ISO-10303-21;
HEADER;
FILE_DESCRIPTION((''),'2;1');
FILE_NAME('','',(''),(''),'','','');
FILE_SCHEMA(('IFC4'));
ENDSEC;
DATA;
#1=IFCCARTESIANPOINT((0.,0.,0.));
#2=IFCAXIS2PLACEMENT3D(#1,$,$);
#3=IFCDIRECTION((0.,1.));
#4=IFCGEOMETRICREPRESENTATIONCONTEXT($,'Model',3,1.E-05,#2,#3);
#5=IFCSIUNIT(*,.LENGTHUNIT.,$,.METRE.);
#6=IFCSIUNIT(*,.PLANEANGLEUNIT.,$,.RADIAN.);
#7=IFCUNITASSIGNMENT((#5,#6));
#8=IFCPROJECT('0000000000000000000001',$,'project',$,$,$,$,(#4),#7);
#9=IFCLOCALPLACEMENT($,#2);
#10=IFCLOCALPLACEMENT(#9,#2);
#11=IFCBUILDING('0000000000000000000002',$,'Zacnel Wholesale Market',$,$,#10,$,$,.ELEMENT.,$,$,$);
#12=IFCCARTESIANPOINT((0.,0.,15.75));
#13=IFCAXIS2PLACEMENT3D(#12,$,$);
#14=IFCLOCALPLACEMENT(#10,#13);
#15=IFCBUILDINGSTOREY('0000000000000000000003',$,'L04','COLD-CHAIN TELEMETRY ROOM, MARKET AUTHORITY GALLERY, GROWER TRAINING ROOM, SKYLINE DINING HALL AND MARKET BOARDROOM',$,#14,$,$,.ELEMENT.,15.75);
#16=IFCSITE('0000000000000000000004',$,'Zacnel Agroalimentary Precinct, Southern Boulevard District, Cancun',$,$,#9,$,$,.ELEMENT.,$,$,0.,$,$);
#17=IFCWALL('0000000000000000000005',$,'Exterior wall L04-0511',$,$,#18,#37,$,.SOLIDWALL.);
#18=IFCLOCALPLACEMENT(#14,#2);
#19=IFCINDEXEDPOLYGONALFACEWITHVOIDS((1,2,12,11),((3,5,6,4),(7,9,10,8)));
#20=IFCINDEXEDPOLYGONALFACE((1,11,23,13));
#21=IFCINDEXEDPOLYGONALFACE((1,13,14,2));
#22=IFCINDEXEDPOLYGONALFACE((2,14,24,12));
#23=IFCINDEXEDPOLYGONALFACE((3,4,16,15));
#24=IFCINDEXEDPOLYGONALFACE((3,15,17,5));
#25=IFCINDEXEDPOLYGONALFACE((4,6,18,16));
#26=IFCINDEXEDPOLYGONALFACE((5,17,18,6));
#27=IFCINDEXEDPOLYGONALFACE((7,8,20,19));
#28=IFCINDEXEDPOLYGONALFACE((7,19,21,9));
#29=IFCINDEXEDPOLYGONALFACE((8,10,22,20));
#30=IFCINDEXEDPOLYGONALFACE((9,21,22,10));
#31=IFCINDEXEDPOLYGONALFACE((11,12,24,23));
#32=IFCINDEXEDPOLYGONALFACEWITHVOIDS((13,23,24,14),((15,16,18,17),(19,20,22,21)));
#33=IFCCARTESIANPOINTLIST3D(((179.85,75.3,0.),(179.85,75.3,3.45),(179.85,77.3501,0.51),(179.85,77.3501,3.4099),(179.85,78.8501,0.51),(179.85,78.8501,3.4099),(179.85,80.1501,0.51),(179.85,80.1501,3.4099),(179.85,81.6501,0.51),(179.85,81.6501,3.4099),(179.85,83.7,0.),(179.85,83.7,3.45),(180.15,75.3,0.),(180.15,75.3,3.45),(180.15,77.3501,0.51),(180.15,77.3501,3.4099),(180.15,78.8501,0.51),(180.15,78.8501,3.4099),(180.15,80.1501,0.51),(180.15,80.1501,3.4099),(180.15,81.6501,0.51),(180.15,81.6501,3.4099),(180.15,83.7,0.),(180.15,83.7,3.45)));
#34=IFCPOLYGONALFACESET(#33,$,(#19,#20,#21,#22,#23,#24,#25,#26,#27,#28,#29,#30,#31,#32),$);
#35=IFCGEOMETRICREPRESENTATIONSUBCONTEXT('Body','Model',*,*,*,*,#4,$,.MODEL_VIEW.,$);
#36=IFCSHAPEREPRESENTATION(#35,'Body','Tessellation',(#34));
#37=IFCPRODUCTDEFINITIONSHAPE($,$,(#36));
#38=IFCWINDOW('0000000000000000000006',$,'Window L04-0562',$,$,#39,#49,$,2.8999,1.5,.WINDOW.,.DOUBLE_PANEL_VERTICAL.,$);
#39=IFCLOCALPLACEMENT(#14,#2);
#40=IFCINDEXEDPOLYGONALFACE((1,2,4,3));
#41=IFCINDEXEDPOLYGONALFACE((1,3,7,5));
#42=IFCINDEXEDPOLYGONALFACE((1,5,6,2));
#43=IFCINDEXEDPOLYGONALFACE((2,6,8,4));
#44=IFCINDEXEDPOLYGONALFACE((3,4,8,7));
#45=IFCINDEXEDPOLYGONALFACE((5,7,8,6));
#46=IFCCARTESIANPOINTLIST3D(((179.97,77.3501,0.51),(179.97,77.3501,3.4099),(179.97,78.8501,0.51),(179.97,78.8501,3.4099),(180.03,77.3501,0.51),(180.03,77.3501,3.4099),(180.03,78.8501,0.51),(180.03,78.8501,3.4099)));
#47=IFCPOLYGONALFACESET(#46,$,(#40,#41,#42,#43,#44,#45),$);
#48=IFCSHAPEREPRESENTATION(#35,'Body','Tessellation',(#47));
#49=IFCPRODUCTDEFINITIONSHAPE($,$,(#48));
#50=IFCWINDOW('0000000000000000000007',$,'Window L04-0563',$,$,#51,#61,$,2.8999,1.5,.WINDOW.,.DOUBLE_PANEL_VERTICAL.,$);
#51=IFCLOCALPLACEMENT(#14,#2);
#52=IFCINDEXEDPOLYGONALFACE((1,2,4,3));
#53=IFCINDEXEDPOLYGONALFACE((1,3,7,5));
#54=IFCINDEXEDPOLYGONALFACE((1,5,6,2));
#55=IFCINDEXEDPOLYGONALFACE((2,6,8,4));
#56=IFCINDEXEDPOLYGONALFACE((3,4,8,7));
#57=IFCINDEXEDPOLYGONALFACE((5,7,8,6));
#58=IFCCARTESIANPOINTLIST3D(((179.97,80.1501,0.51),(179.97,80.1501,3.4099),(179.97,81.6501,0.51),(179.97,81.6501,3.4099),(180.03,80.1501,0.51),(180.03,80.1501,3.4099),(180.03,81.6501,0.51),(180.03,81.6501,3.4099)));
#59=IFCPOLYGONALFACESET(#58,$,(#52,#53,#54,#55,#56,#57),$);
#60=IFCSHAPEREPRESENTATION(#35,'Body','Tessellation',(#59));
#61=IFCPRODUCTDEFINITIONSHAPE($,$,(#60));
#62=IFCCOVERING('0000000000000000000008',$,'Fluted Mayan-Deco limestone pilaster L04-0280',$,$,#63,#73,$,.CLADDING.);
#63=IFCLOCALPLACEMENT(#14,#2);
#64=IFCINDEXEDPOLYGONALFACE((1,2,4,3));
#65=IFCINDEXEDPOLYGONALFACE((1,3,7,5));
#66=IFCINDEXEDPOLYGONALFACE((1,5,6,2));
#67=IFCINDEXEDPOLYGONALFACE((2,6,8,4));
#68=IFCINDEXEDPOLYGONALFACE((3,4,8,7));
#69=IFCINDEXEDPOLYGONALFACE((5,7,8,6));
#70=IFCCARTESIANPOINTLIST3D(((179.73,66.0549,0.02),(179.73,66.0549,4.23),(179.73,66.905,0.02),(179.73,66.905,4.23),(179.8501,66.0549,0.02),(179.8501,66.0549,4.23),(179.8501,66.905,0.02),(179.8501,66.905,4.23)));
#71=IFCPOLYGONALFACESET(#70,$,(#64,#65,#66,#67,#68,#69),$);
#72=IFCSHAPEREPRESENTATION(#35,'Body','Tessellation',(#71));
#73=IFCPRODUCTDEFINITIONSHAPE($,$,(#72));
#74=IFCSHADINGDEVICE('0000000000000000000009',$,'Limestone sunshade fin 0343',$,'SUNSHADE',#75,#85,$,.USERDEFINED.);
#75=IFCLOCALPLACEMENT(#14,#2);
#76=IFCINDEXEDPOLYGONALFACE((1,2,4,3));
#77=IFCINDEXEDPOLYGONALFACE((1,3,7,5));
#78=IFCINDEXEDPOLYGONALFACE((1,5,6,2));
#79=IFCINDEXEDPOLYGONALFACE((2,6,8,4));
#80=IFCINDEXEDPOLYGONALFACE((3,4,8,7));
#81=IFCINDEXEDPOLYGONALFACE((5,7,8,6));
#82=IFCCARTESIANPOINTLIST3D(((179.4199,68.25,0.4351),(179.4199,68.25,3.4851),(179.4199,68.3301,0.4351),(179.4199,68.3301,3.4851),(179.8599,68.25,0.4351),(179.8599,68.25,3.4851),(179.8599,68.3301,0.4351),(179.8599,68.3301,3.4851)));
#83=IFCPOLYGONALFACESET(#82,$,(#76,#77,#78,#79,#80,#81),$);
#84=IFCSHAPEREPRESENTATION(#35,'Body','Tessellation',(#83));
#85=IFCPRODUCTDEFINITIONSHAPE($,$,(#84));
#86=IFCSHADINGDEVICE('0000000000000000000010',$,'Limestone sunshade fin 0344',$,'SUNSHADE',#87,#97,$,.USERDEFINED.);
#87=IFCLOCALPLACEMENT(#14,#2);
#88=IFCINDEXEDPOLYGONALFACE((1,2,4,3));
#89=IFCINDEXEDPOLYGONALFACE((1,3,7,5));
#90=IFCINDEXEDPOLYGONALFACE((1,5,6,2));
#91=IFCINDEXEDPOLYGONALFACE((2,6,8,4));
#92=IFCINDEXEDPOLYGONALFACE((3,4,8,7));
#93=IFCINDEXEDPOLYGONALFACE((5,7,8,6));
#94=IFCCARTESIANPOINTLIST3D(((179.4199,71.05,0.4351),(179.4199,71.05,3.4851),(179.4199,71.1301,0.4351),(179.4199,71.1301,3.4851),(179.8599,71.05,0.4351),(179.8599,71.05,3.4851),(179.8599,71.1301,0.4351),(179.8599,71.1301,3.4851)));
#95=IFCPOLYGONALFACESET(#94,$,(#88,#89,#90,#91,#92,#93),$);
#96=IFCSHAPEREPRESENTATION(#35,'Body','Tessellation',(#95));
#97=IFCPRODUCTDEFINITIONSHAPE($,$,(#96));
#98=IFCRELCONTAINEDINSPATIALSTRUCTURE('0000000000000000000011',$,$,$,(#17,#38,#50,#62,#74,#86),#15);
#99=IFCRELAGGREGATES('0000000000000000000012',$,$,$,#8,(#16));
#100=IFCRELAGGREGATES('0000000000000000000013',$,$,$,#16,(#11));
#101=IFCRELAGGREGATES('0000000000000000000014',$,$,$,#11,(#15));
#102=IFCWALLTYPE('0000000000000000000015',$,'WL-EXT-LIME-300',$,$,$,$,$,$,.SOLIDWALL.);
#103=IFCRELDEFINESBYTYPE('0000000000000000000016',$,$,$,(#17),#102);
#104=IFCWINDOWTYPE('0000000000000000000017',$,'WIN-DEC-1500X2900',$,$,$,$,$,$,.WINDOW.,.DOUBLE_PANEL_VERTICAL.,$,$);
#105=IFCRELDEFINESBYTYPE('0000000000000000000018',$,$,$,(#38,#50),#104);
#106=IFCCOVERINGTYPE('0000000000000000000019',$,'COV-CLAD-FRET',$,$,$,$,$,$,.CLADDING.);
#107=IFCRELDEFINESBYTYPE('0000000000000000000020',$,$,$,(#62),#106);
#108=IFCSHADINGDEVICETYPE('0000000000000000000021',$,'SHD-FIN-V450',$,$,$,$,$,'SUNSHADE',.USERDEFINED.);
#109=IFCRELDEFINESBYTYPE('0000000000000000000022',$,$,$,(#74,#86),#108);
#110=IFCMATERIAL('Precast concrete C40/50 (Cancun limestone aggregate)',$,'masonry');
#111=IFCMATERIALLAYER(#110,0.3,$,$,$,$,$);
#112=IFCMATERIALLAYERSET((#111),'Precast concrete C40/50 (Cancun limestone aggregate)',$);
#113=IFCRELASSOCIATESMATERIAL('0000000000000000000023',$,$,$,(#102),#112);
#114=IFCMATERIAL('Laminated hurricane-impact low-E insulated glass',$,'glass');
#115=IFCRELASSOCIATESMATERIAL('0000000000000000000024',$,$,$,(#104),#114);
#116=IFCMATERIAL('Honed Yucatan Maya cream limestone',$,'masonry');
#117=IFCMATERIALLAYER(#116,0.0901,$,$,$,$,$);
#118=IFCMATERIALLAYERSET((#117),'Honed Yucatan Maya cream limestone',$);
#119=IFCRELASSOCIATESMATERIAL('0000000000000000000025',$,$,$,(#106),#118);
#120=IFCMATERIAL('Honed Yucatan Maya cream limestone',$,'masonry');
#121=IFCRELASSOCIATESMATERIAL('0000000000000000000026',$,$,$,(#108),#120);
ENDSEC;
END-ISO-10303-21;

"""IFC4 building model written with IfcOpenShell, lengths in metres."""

from ifc_helpers import new_model, si_unit, direction, frame, frame_2d, origin, origin_2d, place, context, subcontext, project, spatial, rectangle, extrude, material, layer, layer_set, type_object, element, fill, save


model = new_model("IFC4")

# Units and contexts
model_context = context("Model", 3, precision=1e-05, world=origin(), true_north=direction((0.0, 1.0)))
body_context = subcontext(model_context, "Body", "Model", "MODEL_VIEW")
ifc_project = project(units=[si_unit("LENGTHUNIT", "METRE"), si_unit("PLANEANGLEUNIT", "RADIAN")], contexts=[model_context])

# Site, building, storey
site_placement = place(None, origin())
site = spatial("IfcSite", under=ifc_project, at=site_placement, Name="Zacnel Agroalimentary Precinct, Southern Boulevard District, Cancun", CompositionType="ELEMENT", RefElevation=0.0)
building_placement = place(site_placement, origin())
building = spatial("IfcBuilding", under=site, at=building_placement, Name="Zacnel Wholesale Market", CompositionType="ELEMENT")
storey_placement = place(building_placement, frame((0.0, 0.0, 15.75)))
storey = spatial("IfcBuildingStorey", under=building, at=storey_placement, Name="L04", Description="COLD-CHAIN TELEMETRY ROOM, MARKET AUTHORITY GALLERY, GROWER TRAINING ROOM, SKYLINE DINING HALL AND MARKET BOARDROOM", CompositionType="ELEMENT", Elevation=15.75)

# Wall, openings, windows
ifc_material_1 = material(Name="Precast concrete C40/50 (Cancun limestone aggregate)", Category="masonry")
ifc_layer_1 = layer(ifc_material_1, 0.3)
ifc_layer_set_1 = layer_set([ifc_layer_1], Name="Precast concrete C40/50 (Cancun limestone aggregate)")
wall_type = type_object("IfcWallType", Name="WL-EXT-LIME-300", PredefinedType="SOLIDWALL", material=ifc_layer_set_1)
ifc_material_2 = material(Name="Laminated hurricane-impact low-E insulated glass", Category="glass")
window_type = type_object("IfcWindowType", Name="WIN-DEC-1500X2900", PartitioningType="DOUBLE_PANEL_VERTICAL", PredefinedType="WINDOW", material=ifc_material_2)
wall_1_placement = place(storey_placement, frame((180.0, 75.3, 0.0), z_axis=(0.0, 0.0, 1.0), x_axis=(0.0, 1.0, 0.0)))
wall_1 = element("IfcWall", 1, at=wall_1_placement, inside=storey, type_object=wall_type, Name="Exterior wall L04-0511", PredefinedType="SOLIDWALL", context=body_context, shape_type="SweptSolid", body=[
    extrude(rectangle(XDim=8.3999, YDim=0.3, at=frame_2d((4.2, 0.0))), origin(), (0.0, 0.0, 1.0), 3.45),
])
opening_1_placement = place(wall_1_placement, frame((2.05, 0.0, 0.51)))
opening_1 = element("IfcOpeningElement", 2, at=opening_1_placement, cuts=wall_1, PredefinedType="OPENING", context=body_context, shape_type="SweptSolid", body=[
    extrude(rectangle(XDim=1.5, YDim=2.8999, at=frame_2d((0.75, 1.45))), frame((0.0, 0.1599, 0.0), z_axis=(0.0, -1.0, 0.0), x_axis=(1.0, 0.0, 0.0)), (0.0, 0.0, 1.0), 0.3201),
])
opening_2_placement = place(wall_1_placement, frame((4.8501, 0.0, 0.51)))
opening_2 = element("IfcOpeningElement", 3, at=opening_2_placement, cuts=wall_1, PredefinedType="OPENING", context=body_context, shape_type="SweptSolid", body=[
    extrude(rectangle(XDim=1.5, YDim=2.8999, at=frame_2d((0.75, 1.45))), frame((0.0, 0.1599, 0.0), z_axis=(0.0, -1.0, 0.0), x_axis=(1.0, 0.0, 0.0)), (0.0, 0.0, 1.0), 0.3201),
])
window_1_placement = place(opening_1_placement, origin())
window_1 = element("IfcWindow", 4, at=window_1_placement, inside=storey, type_object=window_type, Name="Window L04-0562", OverallHeight=2.8999, OverallWidth=1.5, PartitioningType="DOUBLE_PANEL_VERTICAL", PredefinedType="WINDOW", context=body_context, shape_type="SweptSolid", body=[
    extrude(rectangle(XDim=1.5, YDim=2.8999, at=frame_2d((0.75, 1.45))), frame((0.0, 0.03, 0.0), z_axis=(0.0, -1.0, 0.0), x_axis=(1.0, 0.0, 0.0)), (0.0, 0.0, 1.0), 0.0601),
])
fill(opening_1, window_1)
window_2_placement = place(opening_2_placement, origin())
window_2 = element("IfcWindow", 5, at=window_2_placement, inside=storey, type_object=window_type, Name="Window L04-0563", OverallHeight=2.8999, OverallWidth=1.5, PartitioningType="DOUBLE_PANEL_VERTICAL", PredefinedType="WINDOW", context=body_context, shape_type="SweptSolid", body=[
    extrude(rectangle(XDim=1.5, YDim=2.8999, at=frame_2d((0.75, 1.45))), frame((0.0, 0.03, 0.0), z_axis=(0.0, -1.0, 0.0), x_axis=(1.0, 0.0, 0.0)), (0.0, 0.0, 1.0), 0.0601),
])
fill(opening_2, window_2)

# Covering
ifc_material_3 = material(Name="Honed Yucatan Maya cream limestone", Category="masonry")
ifc_layer_2 = layer(ifc_material_3, 0.0901)
ifc_layer_set_2 = layer_set([ifc_layer_2], Name="Honed Yucatan Maya cream limestone")
covering_type = type_object("IfcCoveringType", Name="COV-CLAD-FRET", PredefinedType="CLADDING", material=ifc_layer_set_2)
covering_placement = place(storey_placement, frame((179.79, 66.48, 0.02), z_axis=(0.0, 0.0, 1.0), x_axis=(0.0, 1.0, 0.0)))
element("IfcCovering", 6, at=covering_placement, inside=storey, type_object=covering_type, Name="Fluted Mayan-Deco limestone pilaster L04-0280", PredefinedType="CLADDING", context=body_context, shape_type="SweptSolid", body=[
    extrude(rectangle(XDim=0.8501, YDim=0.1201, at=origin_2d()), origin(), (0.0, 0.0, 1.0), 4.21),
])

# Shading devices
ifc_material_4 = material(Name="Honed Yucatan Maya cream limestone", Category="masonry")
shading_device_type = type_object("IfcShadingDeviceType", Name="SHD-FIN-V450", ElementType="SUNSHADE", PredefinedType="USERDEFINED", material=ifc_material_4)
for number, where, z_axis, x_axis, name in (
    (7, (179.6399, 68.29, 0.4351), (0.0, 0.0, 1.0), (0.0, 1.0, 0.0), "Limestone sunshade fin 0343"),
    (8, (179.6399, 71.0901, 0.4351), (0.0, 0.0, 1.0), (0.0, 1.0, 0.0), "Limestone sunshade fin 0344"),
):
    element("IfcShadingDevice", number, at=place(storey_placement, frame(where, z_axis=z_axis, x_axis=x_axis)), inside=storey, type_object=shading_device_type, Name=name, ObjectType="SUNSHADE", PredefinedType="USERDEFINED", context=body_context, shape_type="SweptSolid", body=[
        extrude(rectangle(XDim=0.0801, YDim=0.4399, at=origin_2d()), origin(), (0.0, 0.0, 1.0), 3.05),
    ])

save(model, "model.ifc")
